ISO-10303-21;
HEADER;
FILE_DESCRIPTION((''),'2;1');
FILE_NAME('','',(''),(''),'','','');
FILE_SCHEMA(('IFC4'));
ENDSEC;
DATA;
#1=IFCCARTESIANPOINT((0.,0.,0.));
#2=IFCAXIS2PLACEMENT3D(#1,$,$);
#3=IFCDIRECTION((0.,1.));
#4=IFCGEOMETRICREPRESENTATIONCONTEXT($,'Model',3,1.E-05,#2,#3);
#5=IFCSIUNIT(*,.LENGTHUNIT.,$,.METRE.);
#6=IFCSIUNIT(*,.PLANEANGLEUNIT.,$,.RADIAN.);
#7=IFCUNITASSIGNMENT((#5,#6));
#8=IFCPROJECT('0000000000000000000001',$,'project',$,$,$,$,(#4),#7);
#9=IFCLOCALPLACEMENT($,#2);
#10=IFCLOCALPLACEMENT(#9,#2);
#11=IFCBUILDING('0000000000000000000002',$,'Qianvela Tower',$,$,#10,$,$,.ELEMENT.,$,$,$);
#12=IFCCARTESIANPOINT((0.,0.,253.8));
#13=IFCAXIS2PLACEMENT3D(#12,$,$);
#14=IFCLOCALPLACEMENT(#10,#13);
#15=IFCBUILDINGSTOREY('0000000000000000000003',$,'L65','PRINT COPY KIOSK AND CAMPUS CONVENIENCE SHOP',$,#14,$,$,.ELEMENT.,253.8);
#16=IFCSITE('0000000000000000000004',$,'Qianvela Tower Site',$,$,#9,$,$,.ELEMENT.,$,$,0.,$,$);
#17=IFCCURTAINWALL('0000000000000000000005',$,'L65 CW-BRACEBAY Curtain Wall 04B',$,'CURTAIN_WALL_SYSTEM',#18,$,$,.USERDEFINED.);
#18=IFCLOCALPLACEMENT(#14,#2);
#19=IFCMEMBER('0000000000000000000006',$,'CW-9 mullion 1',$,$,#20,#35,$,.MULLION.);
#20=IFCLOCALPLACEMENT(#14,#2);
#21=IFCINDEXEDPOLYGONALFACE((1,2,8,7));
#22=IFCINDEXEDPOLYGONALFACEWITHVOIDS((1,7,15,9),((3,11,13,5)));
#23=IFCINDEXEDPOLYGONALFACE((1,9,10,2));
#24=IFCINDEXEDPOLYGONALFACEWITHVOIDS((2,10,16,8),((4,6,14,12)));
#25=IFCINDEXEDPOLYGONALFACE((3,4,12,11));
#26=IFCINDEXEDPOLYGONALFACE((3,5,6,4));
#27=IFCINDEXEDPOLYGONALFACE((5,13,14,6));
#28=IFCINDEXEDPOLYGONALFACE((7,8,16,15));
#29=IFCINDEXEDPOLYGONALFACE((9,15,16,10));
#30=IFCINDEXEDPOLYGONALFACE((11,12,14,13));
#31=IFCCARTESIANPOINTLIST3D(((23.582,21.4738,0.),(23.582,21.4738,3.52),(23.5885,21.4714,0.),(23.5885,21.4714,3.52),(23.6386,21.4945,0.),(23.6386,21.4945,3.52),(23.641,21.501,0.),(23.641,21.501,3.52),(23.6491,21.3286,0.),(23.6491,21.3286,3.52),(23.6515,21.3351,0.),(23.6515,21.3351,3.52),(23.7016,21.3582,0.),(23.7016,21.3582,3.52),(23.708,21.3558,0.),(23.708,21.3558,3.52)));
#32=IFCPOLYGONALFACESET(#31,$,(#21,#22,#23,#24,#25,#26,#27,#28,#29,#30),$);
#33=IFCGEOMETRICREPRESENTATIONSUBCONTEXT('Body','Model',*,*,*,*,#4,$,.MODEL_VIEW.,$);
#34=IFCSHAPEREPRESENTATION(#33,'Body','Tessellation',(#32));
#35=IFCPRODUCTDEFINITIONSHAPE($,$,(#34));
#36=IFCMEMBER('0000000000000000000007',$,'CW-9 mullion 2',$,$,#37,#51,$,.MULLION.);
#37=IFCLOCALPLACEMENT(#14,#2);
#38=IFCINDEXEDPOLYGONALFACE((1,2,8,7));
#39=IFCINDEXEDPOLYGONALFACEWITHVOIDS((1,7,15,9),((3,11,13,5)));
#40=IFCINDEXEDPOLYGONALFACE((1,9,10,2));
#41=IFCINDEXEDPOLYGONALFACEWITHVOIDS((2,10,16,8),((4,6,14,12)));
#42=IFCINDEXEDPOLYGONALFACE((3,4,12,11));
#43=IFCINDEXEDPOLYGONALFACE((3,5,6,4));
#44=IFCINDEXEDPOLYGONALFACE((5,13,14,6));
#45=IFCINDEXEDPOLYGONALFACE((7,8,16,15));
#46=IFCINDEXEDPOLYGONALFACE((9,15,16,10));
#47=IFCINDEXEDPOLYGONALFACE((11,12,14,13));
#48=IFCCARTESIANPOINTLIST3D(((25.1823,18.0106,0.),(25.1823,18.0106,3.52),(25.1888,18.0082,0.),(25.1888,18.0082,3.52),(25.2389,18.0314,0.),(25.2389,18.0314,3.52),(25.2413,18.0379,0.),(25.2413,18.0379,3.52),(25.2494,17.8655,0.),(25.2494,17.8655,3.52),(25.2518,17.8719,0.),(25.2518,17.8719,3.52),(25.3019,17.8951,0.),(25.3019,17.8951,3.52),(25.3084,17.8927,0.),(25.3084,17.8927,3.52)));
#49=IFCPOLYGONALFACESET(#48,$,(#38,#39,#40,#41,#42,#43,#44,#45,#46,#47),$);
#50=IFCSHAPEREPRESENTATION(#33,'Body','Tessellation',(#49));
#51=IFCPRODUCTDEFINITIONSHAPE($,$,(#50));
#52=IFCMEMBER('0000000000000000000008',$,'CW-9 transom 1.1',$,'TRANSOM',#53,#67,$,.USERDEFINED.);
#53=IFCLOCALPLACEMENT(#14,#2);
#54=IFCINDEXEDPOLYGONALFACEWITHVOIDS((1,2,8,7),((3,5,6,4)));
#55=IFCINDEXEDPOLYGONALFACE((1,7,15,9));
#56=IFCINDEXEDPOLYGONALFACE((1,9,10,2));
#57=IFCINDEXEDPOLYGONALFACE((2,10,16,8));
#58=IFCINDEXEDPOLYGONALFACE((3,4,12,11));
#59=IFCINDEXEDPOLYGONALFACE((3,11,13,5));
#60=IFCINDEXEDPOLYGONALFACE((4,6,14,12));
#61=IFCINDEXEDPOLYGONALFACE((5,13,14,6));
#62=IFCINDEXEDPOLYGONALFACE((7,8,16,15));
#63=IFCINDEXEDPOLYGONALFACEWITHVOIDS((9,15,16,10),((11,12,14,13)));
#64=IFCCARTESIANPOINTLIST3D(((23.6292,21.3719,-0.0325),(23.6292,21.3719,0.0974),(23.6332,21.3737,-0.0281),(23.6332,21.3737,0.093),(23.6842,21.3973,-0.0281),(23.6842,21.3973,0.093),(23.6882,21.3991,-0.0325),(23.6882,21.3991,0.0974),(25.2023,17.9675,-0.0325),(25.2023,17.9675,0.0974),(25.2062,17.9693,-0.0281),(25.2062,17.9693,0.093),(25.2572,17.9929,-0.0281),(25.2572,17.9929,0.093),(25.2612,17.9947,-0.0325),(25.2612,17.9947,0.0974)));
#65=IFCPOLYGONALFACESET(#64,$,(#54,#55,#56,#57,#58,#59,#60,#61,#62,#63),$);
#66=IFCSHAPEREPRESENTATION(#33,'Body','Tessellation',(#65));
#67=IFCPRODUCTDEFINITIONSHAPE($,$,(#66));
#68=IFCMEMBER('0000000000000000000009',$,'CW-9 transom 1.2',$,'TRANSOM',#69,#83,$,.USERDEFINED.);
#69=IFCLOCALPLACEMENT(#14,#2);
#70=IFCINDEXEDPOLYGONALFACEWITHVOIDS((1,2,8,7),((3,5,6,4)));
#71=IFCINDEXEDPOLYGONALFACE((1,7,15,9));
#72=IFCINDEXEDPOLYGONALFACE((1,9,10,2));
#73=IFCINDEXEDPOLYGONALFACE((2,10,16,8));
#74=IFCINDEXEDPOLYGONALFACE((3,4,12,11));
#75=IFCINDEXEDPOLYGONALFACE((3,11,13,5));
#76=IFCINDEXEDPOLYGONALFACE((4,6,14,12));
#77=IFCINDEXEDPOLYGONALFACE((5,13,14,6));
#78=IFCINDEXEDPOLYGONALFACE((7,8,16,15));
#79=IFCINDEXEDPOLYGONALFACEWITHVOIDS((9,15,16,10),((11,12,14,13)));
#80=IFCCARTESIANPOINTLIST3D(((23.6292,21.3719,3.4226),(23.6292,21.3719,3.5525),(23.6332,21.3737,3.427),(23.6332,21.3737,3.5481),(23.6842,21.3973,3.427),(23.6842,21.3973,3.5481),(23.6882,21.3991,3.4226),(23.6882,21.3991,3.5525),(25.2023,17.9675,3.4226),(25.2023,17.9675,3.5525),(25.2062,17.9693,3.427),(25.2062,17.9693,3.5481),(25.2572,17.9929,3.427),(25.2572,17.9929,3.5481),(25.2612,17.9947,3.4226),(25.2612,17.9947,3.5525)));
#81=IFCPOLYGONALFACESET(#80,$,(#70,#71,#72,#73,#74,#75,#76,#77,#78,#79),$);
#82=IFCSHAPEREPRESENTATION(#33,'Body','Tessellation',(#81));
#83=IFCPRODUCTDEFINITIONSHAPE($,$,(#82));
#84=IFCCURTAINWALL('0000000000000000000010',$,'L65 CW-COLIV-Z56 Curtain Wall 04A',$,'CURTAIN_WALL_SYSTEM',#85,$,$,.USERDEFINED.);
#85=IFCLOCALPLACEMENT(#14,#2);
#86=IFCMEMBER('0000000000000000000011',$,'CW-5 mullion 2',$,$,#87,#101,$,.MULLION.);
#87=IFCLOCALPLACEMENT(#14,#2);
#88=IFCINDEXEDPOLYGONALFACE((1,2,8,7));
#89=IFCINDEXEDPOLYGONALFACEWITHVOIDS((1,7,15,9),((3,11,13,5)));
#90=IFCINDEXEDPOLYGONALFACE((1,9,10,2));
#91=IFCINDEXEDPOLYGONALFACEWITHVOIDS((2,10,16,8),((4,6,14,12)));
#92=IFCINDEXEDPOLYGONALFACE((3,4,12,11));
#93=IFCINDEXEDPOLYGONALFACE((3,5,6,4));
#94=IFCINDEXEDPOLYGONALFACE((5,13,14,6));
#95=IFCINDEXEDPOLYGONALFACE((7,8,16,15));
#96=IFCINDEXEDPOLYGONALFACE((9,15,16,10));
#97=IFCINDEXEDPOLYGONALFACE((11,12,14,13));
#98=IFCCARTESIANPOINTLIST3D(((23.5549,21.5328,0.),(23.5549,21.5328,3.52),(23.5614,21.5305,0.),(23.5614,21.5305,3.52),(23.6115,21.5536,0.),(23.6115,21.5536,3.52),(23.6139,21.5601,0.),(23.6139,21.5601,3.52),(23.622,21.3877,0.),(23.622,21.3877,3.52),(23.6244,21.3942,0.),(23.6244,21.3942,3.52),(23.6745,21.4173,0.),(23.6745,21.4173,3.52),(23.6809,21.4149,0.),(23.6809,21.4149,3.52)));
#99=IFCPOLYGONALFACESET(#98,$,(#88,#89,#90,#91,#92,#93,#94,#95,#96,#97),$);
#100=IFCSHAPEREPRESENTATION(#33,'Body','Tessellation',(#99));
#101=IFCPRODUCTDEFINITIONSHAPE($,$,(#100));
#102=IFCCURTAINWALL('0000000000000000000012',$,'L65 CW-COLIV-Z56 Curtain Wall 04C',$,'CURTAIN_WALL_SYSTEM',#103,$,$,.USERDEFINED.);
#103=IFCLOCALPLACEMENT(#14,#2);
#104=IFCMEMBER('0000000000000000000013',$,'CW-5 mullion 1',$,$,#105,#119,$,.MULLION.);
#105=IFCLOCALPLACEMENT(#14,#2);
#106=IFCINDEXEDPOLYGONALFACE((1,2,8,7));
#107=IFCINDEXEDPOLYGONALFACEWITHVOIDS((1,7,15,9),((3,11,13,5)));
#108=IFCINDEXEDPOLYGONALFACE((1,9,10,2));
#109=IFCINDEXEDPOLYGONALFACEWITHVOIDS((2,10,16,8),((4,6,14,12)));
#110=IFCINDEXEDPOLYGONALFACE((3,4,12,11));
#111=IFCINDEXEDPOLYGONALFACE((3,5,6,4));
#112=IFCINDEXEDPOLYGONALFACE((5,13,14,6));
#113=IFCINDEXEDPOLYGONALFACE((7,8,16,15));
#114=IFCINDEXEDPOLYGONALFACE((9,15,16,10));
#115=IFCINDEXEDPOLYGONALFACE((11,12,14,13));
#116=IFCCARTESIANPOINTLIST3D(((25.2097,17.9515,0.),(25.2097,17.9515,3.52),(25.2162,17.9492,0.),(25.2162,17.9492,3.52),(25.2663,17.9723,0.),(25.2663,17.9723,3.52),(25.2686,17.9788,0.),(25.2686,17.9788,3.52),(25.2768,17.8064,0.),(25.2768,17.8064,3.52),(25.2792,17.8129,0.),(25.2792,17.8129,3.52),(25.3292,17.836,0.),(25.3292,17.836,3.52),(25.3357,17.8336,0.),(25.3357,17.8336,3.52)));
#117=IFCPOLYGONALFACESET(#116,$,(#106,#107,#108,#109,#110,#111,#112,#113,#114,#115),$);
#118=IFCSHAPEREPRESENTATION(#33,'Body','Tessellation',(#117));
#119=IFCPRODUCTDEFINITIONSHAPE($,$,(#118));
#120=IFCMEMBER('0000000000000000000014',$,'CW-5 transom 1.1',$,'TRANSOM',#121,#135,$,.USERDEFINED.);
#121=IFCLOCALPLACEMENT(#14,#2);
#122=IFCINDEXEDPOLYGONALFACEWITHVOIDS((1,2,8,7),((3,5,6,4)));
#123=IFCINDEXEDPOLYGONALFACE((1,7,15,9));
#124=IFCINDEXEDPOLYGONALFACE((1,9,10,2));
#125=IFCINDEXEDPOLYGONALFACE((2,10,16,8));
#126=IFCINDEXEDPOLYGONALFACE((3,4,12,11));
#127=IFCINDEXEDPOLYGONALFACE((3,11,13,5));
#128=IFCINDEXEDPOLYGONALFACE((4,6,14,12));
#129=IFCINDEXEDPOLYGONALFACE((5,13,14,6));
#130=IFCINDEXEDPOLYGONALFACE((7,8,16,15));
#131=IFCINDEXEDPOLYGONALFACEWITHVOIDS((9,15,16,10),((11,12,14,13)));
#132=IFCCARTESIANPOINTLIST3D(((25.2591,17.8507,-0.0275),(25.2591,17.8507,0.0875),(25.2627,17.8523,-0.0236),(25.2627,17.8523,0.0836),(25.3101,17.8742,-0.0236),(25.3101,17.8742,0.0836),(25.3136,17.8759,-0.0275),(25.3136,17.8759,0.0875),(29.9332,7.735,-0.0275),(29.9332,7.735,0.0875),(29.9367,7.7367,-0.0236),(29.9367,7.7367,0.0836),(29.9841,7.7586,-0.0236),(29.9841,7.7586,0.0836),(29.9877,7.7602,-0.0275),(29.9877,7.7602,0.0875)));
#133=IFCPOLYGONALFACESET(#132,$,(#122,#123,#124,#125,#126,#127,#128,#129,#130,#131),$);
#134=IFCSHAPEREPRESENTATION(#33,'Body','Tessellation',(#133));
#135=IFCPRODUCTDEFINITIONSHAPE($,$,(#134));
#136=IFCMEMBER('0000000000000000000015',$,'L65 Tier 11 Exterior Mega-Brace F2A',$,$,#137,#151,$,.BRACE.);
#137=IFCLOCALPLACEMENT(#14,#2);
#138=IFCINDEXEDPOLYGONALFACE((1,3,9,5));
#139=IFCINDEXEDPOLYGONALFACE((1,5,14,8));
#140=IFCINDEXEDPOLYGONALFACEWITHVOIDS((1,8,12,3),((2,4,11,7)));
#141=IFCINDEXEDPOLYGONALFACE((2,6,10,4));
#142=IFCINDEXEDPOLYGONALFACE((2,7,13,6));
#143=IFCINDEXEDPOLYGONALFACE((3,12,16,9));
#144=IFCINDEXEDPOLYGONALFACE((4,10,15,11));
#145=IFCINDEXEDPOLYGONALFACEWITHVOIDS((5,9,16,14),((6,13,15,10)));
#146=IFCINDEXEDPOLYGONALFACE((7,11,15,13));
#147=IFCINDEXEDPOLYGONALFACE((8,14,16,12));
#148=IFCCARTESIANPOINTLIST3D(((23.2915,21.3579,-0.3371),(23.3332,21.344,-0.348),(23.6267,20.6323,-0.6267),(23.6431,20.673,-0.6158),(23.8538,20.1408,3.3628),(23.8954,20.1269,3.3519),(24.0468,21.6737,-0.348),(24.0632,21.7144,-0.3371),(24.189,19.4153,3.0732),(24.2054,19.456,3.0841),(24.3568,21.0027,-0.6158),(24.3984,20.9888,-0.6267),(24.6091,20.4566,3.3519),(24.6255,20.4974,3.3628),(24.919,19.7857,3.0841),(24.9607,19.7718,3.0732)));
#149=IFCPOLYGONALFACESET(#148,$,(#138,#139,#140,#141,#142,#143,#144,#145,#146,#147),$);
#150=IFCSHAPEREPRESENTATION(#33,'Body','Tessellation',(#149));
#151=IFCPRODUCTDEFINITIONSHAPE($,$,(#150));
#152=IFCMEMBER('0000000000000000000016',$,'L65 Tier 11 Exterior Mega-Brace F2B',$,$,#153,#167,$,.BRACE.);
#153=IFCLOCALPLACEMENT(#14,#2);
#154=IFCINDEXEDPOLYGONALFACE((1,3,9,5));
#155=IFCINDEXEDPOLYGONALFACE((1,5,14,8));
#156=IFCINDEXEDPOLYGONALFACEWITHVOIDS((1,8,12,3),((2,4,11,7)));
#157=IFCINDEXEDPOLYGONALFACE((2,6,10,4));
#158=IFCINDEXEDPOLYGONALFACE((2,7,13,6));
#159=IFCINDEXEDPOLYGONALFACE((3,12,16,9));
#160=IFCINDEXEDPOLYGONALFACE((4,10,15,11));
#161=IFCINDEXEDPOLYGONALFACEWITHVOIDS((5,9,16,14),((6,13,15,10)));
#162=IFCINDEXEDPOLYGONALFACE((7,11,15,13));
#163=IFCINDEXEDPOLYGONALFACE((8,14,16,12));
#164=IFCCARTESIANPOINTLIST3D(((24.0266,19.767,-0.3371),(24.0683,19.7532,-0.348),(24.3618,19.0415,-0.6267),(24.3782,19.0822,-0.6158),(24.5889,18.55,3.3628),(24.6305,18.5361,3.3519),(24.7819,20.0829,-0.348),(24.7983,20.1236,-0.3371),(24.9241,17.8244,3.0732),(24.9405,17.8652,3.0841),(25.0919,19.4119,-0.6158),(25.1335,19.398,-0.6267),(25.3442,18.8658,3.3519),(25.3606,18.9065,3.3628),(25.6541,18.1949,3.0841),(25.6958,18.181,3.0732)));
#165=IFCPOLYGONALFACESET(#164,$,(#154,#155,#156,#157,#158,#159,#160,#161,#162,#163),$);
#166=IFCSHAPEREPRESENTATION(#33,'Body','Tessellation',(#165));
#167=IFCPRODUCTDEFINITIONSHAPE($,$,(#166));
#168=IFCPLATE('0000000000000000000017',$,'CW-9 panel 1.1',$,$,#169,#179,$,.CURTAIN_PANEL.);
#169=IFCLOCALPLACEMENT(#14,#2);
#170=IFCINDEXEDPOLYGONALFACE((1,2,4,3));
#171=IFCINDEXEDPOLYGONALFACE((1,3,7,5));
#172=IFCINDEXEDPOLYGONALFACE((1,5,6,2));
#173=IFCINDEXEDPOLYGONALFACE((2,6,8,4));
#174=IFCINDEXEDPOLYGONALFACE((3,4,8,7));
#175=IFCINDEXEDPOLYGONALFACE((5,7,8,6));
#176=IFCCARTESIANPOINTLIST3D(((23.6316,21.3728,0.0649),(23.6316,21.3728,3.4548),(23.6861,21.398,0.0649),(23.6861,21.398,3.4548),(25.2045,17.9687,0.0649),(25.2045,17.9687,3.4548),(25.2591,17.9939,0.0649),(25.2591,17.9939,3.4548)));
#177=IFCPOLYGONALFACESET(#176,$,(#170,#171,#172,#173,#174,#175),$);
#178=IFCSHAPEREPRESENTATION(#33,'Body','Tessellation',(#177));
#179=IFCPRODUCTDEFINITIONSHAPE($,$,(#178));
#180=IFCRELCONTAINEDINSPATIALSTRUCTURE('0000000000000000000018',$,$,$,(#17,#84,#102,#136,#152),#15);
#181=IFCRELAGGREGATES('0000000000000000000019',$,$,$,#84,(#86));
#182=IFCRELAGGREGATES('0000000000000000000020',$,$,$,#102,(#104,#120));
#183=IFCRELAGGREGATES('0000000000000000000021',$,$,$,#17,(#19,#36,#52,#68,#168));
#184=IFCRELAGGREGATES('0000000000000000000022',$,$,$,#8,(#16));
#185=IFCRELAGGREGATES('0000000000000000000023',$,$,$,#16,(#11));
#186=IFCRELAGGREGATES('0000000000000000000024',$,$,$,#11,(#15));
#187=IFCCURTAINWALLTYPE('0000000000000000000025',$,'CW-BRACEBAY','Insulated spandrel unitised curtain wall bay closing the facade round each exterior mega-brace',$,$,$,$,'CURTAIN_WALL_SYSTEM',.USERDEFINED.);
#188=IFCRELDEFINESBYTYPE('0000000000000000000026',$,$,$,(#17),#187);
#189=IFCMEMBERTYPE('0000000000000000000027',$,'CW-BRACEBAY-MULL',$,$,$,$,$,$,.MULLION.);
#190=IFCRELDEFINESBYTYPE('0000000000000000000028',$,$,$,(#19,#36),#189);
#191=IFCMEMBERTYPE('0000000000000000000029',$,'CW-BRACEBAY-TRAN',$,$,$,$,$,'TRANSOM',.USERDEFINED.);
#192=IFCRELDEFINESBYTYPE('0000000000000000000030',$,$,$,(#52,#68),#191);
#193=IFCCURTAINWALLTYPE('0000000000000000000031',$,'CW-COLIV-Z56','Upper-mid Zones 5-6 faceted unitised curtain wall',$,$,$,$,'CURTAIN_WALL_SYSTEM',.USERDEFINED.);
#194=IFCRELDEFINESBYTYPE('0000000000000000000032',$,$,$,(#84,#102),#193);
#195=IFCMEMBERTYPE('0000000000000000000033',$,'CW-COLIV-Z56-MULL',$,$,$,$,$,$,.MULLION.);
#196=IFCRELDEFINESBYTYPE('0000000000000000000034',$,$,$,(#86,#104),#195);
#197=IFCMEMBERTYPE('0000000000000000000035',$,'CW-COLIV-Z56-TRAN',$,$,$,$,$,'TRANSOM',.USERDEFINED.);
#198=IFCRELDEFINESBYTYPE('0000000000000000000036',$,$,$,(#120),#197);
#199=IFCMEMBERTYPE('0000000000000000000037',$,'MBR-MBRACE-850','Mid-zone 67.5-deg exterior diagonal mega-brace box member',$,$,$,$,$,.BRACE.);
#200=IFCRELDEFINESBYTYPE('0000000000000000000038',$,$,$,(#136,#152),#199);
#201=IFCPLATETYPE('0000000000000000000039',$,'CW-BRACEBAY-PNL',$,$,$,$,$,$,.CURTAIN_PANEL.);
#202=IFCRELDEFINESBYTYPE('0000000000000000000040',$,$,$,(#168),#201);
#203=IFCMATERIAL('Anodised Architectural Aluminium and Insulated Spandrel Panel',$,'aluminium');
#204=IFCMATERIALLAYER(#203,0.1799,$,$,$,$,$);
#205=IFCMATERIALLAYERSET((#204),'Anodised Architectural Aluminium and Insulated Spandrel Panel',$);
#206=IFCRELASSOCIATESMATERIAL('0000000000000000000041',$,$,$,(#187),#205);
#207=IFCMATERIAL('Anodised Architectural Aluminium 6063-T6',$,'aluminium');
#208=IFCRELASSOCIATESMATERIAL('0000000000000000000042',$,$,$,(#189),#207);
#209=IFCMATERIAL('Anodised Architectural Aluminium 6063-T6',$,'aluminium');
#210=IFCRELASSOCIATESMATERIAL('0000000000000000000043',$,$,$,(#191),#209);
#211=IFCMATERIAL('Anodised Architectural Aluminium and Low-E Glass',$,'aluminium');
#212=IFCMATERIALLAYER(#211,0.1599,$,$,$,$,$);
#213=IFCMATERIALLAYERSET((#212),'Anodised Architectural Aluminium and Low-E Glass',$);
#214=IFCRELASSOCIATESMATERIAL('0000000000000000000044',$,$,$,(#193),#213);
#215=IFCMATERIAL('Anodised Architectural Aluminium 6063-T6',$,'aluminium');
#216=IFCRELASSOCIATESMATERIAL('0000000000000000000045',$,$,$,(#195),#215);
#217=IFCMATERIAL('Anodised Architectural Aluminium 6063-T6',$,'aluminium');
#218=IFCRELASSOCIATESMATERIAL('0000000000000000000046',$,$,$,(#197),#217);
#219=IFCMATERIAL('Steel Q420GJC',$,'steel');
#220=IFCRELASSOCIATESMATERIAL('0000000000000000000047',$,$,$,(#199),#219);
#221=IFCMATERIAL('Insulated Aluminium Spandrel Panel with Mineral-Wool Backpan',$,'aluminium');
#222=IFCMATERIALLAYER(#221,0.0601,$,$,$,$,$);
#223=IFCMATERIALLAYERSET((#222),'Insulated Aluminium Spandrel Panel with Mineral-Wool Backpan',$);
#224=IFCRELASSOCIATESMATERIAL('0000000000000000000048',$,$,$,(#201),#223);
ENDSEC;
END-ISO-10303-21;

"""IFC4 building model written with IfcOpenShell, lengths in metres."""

from ifc_helpers import new_model, si_unit, direction, frame, origin, origin_2d, place, context, subcontext, project, spatial, rectangle, hollow_rectangle, extrude, material, layer, layer_set, material_profile, profile_set, type_object, element, aggregate, save


model = new_model("IFC4")

# Units and contexts
model_context = context("Model", 3, precision=1e-05, world=origin(), true_north=direction((0.0, 1.0)))
body_context = subcontext(model_context, "Body", "Model", "MODEL_VIEW")
ifc_project = project(units=[si_unit("LENGTHUNIT", "METRE"), si_unit("PLANEANGLEUNIT", "RADIAN")], contexts=[model_context])

# Site, building, storey
site_placement = place(None, origin())
site = spatial("IfcSite", under=ifc_project, at=site_placement, Name="Qianvela Tower Site", CompositionType="ELEMENT", RefElevation=0.0)
building_placement = place(site_placement, origin())
building = spatial("IfcBuilding", under=site, at=building_placement, Name="Qianvela Tower", CompositionType="ELEMENT")
storey_placement = place(building_placement, frame((0.0, 0.0, 253.8)))
storey = spatial("IfcBuildingStorey", under=building, at=storey_placement, Name="L65", Description="PRINT COPY KIOSK AND CAMPUS CONVENIENCE SHOP", CompositionType="ELEMENT", Elevation=253.8)

# Curtain wall, members
ifc_material_1 = material(Name="Anodised Architectural Aluminium and Insulated Spandrel Panel", Category="aluminium")
ifc_layer_1 = layer(ifc_material_1, 0.1799)
ifc_layer_set_1 = layer_set([ifc_layer_1], Name="Anodised Architectural Aluminium and Insulated Spandrel Panel")
curtain_wall_type_1 = type_object("IfcCurtainWallType", Name="CW-BRACEBAY", Description="Insulated spandrel unitised curtain wall bay closing the facade round each exterior mega-brace", ElementType="CURTAIN_WALL_SYSTEM", PredefinedType="USERDEFINED", material=ifc_layer_set_1)
curtain_wall_1_placement = place(storey_placement, origin())
curtain_wall_1 = element("IfcCurtainWall", 1, at=curtain_wall_1_placement, inside=storey, type_object=curtain_wall_type_1, Name="L65 CW-BRACEBAY Curtain Wall 04B", ObjectType="CURTAIN_WALL_SYSTEM", PredefinedType="USERDEFINED")
ifc_material_2 = material(Name="Anodised Architectural Aluminium 6063-T6", Category="aluminium")
ifc_material_profile_1 = material_profile(ifc_material_2, hollow_rectangle(XDim=0.0649, YDim=0.1599, WallThickness=0.0049, at=origin_2d()), Name="ALU-MULL-65x160")
ifc_profile_set_1 = profile_set([ifc_material_profile_1], Name="Anodised Architectural Aluminium 6063-T6")
member_type_1 = type_object("IfcMemberType", Name="CW-BRACEBAY-MULL", PredefinedType="MULLION", material=ifc_profile_set_1)
member_1_placement = place(storey_placement, frame((23.645, 21.4148, 0.0), z_axis=(0.0, 0.0, 1.0), x_axis=(0.907776, 0.419455, 0.0)))
member_1 = element("IfcMember", 2, at=member_1_placement, type_object=member_type_1, Name="CW-9 mullion 1", PredefinedType="MULLION", context=body_context, shape_type="SweptSolid", body=[
    extrude(hollow_rectangle(XDim=0.0649, YDim=0.1599, WallThickness=0.0049, at=origin_2d()), origin(), (0.0, 0.0, 1.0), 3.52),
])
member_2_placement = place(storey_placement, frame((25.2454, 17.9517, 0.0), z_axis=(0.0, 0.0, 1.0), x_axis=(0.907776, 0.419455, 0.0)))
member_2 = element("IfcMember", 3, at=member_2_placement, type_object=member_type_1, Name="CW-9 mullion 2", PredefinedType="MULLION", context=body_context, shape_type="SweptSolid", body=[
    extrude(hollow_rectangle(XDim=0.0649, YDim=0.1599, WallThickness=0.0049, at=origin_2d()), origin(), (0.0, 0.0, 1.0), 3.52),
])
ifc_material_3 = material(Name="Anodised Architectural Aluminium 6063-T6", Category="aluminium")
ifc_material_profile_2 = material_profile(ifc_material_3, hollow_rectangle(XDim=0.0649, YDim=0.1299, WallThickness=0.0044, at=origin_2d()), Name="ALU-TRAN-65x130")
ifc_profile_set_2 = profile_set([ifc_material_profile_2], Name="Anodised Architectural Aluminium 6063-T6")
member_type_2 = type_object("IfcMemberType", Name="CW-BRACEBAY-TRAN", ElementType="TRANSOM", PredefinedType="USERDEFINED", material=ifc_profile_set_2)
member_3_placement = place(storey_placement, frame((23.6587, 21.3855, 0.0325), z_axis=(0.41945, -0.907778, 0.0), x_axis=(0.907778, 0.41945, 0.0)))
member_3 = element("IfcMember", 4, at=member_3_placement, type_object=member_type_2, Name="CW-9 transom 1.1", ObjectType="TRANSOM", PredefinedType="USERDEFINED", context=body_context, shape_type="SweptSolid", body=[
    extrude(hollow_rectangle(XDim=0.0649, YDim=0.1299, WallThickness=0.0044, at=origin_2d()), origin(), (0.0, 0.0, 1.0), 3.7502),
])
member_4_placement = place(storey_placement, frame((23.6587, 21.3855, 3.4875), z_axis=(0.41945, -0.907778, 0.0), x_axis=(0.907778, 0.41945, 0.0)))
member_4 = element("IfcMember", 5, at=member_4_placement, type_object=member_type_2, Name="CW-9 transom 1.2", ObjectType="TRANSOM", PredefinedType="USERDEFINED", context=body_context, shape_type="SweptSolid", body=[
    extrude(hollow_rectangle(XDim=0.0649, YDim=0.1299, WallThickness=0.0044, at=origin_2d()), origin(), (0.0, 0.0, 1.0), 3.7502),
])

# Curtain wall, member
ifc_material_4 = material(Name="Anodised Architectural Aluminium and Low-E Glass", Category="aluminium")
ifc_layer_2 = layer(ifc_material_4, 0.1599)
ifc_layer_set_2 = layer_set([ifc_layer_2], Name="Anodised Architectural Aluminium and Low-E Glass")
curtain_wall_type_2 = type_object("IfcCurtainWallType", Name="CW-COLIV-Z56", Description="Upper-mid Zones 5-6 faceted unitised curtain wall", ElementType="CURTAIN_WALL_SYSTEM", PredefinedType="USERDEFINED", material=ifc_layer_set_2)
curtain_wall_2_placement = place(storey_placement, origin())
curtain_wall_2 = element("IfcCurtainWall", 6, at=curtain_wall_2_placement, inside=storey, type_object=curtain_wall_type_2, Name="L65 CW-COLIV-Z56 Curtain Wall 04A", ObjectType="CURTAIN_WALL_SYSTEM", PredefinedType="USERDEFINED")
ifc_material_5 = material(Name="Anodised Architectural Aluminium 6063-T6", Category="aluminium")
ifc_material_profile_3 = material_profile(ifc_material_5, hollow_rectangle(XDim=0.0649, YDim=0.1599, WallThickness=0.0049, at=origin_2d()), Name="ALU-MULL-65x160")
ifc_profile_set_3 = profile_set([ifc_material_profile_3], Name="Anodised Architectural Aluminium 6063-T6")
member_type_3 = type_object("IfcMemberType", Name="CW-COLIV-Z56-MULL", PredefinedType="MULLION", material=ifc_profile_set_3)
member_5_placement = place(storey_placement, frame((23.6179, 21.4739, 0.0), z_axis=(0.0, 0.0, 1.0), x_axis=(0.907779, 0.419449, 0.0)))
member_5 = element("IfcMember", 7, at=member_5_placement, type_object=member_type_3, Name="CW-5 mullion 2", PredefinedType="MULLION", context=body_context, shape_type="SweptSolid", body=[
    extrude(hollow_rectangle(XDim=0.0649, YDim=0.1599, WallThickness=0.0049, at=origin_2d()), origin(), (0.0, 0.0, 1.0), 3.52),
])
aggregate(curtain_wall_2, [member_5])

# Curtain wall, members
curtain_wall_3_placement = place(storey_placement, origin())
curtain_wall_3 = element("IfcCurtainWall", 8, at=curtain_wall_3_placement, inside=storey, type_object=curtain_wall_type_2, Name="L65 CW-COLIV-Z56 Curtain Wall 04C", ObjectType="CURTAIN_WALL_SYSTEM", PredefinedType="USERDEFINED")
member_6_placement = place(storey_placement, frame((25.2727, 17.8926, 0.0), z_axis=(0.0, 0.0, 1.0), x_axis=(0.907779, 0.41945, 0.0)))
member_6 = element("IfcMember", 9, at=member_6_placement, type_object=member_type_3, Name="CW-5 mullion 1", PredefinedType="MULLION", context=body_context, shape_type="SweptSolid", body=[
    extrude(hollow_rectangle(XDim=0.0649, YDim=0.1599, WallThickness=0.0049, at=origin_2d()), origin(), (0.0, 0.0, 1.0), 3.52),
])
ifc_material_6 = material(Name="Anodised Architectural Aluminium 6063-T6", Category="aluminium")
ifc_material_profile_4 = material_profile(ifc_material_6, hollow_rectangle(XDim=0.0601, YDim=0.115, WallThickness=0.0039, at=origin_2d()), Name="ALU-TRAN-60x115")
ifc_profile_set_4 = profile_set([ifc_material_profile_4], Name="Anodised Architectural Aluminium 6063-T6")
member_type_4 = type_object("IfcMemberType", Name="CW-COLIV-Z56-TRAN", ElementType="TRANSOM", PredefinedType="USERDEFINED", material=ifc_profile_set_4)
member_7_placement = place(storey_placement, frame((25.2864, 17.8633, 0.03), z_axis=(0.419449, -0.907779, 0.0), x_axis=(0.907779, 0.419449, 0.0)))
member_7 = element("IfcMember", 10, at=member_7_placement, type_object=member_type_4, Name="CW-5 transom 1.1", ObjectType="TRANSOM", PredefinedType="USERDEFINED", context=body_context, shape_type="SweptSolid", body=[
    extrude(hollow_rectangle(XDim=0.0601, YDim=0.115, WallThickness=0.0039, at=origin_2d()), origin(), (0.0, 0.0, 1.0), 11.1433),
])
aggregate(curtain_wall_3, [member_6, member_7])

# Members
ifc_material_7 = material(Name="Steel Q420GJC", Category="steel")
ifc_material_profile_5 = material_profile(ifc_material_7, hollow_rectangle(XDim=0.8501, YDim=0.8501, WallThickness=0.032, at=origin_2d()), Name="MBOX-850x850x32")
ifc_profile_set_5 = profile_set([ifc_material_profile_5], Name="Steel Q420GJC")
member_type_5 = type_object("IfcMemberType", Name="MBR-MBRACE-850", Description="Mid-zone 67.5-deg exterior diagonal mega-brace box member", PredefinedType="BRACE", material=ifc_profile_set_5)
for number, where, z_axis, x_axis, name in (
    (11, (23.845, 21.1733, -0.4819), (0.142873, -0.309259, 0.940184), (0.907805, 0.419393, 0.0), "L65 Tier 11 Exterior Mega-Brace F2A"),
    (12, (24.5801, 19.5825, -0.4819), (0.142873, -0.309259, 0.940184), (0.907805, 0.419393, 0.0), "L65 Tier 11 Exterior Mega-Brace F2B"),
):
    element("IfcMember", number, at=place(storey_placement, frame(where, z_axis=z_axis, x_axis=x_axis)), inside=storey, type_object=member_type_5, Name=name, PredefinedType="BRACE", context=body_context, shape_type="SweptSolid", body=[
        extrude(hollow_rectangle(XDim=0.8501, YDim=0.8501, WallThickness=0.032, at=origin_2d()), origin(), (0.0, 0.0, 1.0), 3.9353),
    ])

# Plate
ifc_material_8 = material(Name="Insulated Aluminium Spandrel Panel with Mineral-Wool Backpan", Category="aluminium")
ifc_layer_3 = layer(ifc_material_8, 0.0601)
ifc_layer_set_3 = layer_set([ifc_layer_3], Name="Insulated Aluminium Spandrel Panel with Mineral-Wool Backpan")
plate_type_1 = type_object("IfcPlateType", Name="CW-BRACEBAY-PNL", PredefinedType="CURTAIN_PANEL", material=ifc_layer_set_3)
plate_placement = place(storey_placement, frame((24.4453, 19.6833, 0.0649), z_axis=(0.0, 0.0, 1.0), x_axis=(0.419455, -0.907776, 0.0)))
plate = element("IfcPlate", 13, at=plate_placement, type_object=plate_type_1, Name="CW-9 panel 1.1", PredefinedType="CURTAIN_PANEL", context=body_context, shape_type="SweptSolid", body=[
    extrude(rectangle(XDim=3.75, YDim=0.0601, at=origin_2d()), origin(), (0.0, 0.0, 1.0), 3.3899),
])
aggregate(curtain_wall_1, [member_1, member_2, member_3, member_4, plate])

save(model, "model.ifc")
